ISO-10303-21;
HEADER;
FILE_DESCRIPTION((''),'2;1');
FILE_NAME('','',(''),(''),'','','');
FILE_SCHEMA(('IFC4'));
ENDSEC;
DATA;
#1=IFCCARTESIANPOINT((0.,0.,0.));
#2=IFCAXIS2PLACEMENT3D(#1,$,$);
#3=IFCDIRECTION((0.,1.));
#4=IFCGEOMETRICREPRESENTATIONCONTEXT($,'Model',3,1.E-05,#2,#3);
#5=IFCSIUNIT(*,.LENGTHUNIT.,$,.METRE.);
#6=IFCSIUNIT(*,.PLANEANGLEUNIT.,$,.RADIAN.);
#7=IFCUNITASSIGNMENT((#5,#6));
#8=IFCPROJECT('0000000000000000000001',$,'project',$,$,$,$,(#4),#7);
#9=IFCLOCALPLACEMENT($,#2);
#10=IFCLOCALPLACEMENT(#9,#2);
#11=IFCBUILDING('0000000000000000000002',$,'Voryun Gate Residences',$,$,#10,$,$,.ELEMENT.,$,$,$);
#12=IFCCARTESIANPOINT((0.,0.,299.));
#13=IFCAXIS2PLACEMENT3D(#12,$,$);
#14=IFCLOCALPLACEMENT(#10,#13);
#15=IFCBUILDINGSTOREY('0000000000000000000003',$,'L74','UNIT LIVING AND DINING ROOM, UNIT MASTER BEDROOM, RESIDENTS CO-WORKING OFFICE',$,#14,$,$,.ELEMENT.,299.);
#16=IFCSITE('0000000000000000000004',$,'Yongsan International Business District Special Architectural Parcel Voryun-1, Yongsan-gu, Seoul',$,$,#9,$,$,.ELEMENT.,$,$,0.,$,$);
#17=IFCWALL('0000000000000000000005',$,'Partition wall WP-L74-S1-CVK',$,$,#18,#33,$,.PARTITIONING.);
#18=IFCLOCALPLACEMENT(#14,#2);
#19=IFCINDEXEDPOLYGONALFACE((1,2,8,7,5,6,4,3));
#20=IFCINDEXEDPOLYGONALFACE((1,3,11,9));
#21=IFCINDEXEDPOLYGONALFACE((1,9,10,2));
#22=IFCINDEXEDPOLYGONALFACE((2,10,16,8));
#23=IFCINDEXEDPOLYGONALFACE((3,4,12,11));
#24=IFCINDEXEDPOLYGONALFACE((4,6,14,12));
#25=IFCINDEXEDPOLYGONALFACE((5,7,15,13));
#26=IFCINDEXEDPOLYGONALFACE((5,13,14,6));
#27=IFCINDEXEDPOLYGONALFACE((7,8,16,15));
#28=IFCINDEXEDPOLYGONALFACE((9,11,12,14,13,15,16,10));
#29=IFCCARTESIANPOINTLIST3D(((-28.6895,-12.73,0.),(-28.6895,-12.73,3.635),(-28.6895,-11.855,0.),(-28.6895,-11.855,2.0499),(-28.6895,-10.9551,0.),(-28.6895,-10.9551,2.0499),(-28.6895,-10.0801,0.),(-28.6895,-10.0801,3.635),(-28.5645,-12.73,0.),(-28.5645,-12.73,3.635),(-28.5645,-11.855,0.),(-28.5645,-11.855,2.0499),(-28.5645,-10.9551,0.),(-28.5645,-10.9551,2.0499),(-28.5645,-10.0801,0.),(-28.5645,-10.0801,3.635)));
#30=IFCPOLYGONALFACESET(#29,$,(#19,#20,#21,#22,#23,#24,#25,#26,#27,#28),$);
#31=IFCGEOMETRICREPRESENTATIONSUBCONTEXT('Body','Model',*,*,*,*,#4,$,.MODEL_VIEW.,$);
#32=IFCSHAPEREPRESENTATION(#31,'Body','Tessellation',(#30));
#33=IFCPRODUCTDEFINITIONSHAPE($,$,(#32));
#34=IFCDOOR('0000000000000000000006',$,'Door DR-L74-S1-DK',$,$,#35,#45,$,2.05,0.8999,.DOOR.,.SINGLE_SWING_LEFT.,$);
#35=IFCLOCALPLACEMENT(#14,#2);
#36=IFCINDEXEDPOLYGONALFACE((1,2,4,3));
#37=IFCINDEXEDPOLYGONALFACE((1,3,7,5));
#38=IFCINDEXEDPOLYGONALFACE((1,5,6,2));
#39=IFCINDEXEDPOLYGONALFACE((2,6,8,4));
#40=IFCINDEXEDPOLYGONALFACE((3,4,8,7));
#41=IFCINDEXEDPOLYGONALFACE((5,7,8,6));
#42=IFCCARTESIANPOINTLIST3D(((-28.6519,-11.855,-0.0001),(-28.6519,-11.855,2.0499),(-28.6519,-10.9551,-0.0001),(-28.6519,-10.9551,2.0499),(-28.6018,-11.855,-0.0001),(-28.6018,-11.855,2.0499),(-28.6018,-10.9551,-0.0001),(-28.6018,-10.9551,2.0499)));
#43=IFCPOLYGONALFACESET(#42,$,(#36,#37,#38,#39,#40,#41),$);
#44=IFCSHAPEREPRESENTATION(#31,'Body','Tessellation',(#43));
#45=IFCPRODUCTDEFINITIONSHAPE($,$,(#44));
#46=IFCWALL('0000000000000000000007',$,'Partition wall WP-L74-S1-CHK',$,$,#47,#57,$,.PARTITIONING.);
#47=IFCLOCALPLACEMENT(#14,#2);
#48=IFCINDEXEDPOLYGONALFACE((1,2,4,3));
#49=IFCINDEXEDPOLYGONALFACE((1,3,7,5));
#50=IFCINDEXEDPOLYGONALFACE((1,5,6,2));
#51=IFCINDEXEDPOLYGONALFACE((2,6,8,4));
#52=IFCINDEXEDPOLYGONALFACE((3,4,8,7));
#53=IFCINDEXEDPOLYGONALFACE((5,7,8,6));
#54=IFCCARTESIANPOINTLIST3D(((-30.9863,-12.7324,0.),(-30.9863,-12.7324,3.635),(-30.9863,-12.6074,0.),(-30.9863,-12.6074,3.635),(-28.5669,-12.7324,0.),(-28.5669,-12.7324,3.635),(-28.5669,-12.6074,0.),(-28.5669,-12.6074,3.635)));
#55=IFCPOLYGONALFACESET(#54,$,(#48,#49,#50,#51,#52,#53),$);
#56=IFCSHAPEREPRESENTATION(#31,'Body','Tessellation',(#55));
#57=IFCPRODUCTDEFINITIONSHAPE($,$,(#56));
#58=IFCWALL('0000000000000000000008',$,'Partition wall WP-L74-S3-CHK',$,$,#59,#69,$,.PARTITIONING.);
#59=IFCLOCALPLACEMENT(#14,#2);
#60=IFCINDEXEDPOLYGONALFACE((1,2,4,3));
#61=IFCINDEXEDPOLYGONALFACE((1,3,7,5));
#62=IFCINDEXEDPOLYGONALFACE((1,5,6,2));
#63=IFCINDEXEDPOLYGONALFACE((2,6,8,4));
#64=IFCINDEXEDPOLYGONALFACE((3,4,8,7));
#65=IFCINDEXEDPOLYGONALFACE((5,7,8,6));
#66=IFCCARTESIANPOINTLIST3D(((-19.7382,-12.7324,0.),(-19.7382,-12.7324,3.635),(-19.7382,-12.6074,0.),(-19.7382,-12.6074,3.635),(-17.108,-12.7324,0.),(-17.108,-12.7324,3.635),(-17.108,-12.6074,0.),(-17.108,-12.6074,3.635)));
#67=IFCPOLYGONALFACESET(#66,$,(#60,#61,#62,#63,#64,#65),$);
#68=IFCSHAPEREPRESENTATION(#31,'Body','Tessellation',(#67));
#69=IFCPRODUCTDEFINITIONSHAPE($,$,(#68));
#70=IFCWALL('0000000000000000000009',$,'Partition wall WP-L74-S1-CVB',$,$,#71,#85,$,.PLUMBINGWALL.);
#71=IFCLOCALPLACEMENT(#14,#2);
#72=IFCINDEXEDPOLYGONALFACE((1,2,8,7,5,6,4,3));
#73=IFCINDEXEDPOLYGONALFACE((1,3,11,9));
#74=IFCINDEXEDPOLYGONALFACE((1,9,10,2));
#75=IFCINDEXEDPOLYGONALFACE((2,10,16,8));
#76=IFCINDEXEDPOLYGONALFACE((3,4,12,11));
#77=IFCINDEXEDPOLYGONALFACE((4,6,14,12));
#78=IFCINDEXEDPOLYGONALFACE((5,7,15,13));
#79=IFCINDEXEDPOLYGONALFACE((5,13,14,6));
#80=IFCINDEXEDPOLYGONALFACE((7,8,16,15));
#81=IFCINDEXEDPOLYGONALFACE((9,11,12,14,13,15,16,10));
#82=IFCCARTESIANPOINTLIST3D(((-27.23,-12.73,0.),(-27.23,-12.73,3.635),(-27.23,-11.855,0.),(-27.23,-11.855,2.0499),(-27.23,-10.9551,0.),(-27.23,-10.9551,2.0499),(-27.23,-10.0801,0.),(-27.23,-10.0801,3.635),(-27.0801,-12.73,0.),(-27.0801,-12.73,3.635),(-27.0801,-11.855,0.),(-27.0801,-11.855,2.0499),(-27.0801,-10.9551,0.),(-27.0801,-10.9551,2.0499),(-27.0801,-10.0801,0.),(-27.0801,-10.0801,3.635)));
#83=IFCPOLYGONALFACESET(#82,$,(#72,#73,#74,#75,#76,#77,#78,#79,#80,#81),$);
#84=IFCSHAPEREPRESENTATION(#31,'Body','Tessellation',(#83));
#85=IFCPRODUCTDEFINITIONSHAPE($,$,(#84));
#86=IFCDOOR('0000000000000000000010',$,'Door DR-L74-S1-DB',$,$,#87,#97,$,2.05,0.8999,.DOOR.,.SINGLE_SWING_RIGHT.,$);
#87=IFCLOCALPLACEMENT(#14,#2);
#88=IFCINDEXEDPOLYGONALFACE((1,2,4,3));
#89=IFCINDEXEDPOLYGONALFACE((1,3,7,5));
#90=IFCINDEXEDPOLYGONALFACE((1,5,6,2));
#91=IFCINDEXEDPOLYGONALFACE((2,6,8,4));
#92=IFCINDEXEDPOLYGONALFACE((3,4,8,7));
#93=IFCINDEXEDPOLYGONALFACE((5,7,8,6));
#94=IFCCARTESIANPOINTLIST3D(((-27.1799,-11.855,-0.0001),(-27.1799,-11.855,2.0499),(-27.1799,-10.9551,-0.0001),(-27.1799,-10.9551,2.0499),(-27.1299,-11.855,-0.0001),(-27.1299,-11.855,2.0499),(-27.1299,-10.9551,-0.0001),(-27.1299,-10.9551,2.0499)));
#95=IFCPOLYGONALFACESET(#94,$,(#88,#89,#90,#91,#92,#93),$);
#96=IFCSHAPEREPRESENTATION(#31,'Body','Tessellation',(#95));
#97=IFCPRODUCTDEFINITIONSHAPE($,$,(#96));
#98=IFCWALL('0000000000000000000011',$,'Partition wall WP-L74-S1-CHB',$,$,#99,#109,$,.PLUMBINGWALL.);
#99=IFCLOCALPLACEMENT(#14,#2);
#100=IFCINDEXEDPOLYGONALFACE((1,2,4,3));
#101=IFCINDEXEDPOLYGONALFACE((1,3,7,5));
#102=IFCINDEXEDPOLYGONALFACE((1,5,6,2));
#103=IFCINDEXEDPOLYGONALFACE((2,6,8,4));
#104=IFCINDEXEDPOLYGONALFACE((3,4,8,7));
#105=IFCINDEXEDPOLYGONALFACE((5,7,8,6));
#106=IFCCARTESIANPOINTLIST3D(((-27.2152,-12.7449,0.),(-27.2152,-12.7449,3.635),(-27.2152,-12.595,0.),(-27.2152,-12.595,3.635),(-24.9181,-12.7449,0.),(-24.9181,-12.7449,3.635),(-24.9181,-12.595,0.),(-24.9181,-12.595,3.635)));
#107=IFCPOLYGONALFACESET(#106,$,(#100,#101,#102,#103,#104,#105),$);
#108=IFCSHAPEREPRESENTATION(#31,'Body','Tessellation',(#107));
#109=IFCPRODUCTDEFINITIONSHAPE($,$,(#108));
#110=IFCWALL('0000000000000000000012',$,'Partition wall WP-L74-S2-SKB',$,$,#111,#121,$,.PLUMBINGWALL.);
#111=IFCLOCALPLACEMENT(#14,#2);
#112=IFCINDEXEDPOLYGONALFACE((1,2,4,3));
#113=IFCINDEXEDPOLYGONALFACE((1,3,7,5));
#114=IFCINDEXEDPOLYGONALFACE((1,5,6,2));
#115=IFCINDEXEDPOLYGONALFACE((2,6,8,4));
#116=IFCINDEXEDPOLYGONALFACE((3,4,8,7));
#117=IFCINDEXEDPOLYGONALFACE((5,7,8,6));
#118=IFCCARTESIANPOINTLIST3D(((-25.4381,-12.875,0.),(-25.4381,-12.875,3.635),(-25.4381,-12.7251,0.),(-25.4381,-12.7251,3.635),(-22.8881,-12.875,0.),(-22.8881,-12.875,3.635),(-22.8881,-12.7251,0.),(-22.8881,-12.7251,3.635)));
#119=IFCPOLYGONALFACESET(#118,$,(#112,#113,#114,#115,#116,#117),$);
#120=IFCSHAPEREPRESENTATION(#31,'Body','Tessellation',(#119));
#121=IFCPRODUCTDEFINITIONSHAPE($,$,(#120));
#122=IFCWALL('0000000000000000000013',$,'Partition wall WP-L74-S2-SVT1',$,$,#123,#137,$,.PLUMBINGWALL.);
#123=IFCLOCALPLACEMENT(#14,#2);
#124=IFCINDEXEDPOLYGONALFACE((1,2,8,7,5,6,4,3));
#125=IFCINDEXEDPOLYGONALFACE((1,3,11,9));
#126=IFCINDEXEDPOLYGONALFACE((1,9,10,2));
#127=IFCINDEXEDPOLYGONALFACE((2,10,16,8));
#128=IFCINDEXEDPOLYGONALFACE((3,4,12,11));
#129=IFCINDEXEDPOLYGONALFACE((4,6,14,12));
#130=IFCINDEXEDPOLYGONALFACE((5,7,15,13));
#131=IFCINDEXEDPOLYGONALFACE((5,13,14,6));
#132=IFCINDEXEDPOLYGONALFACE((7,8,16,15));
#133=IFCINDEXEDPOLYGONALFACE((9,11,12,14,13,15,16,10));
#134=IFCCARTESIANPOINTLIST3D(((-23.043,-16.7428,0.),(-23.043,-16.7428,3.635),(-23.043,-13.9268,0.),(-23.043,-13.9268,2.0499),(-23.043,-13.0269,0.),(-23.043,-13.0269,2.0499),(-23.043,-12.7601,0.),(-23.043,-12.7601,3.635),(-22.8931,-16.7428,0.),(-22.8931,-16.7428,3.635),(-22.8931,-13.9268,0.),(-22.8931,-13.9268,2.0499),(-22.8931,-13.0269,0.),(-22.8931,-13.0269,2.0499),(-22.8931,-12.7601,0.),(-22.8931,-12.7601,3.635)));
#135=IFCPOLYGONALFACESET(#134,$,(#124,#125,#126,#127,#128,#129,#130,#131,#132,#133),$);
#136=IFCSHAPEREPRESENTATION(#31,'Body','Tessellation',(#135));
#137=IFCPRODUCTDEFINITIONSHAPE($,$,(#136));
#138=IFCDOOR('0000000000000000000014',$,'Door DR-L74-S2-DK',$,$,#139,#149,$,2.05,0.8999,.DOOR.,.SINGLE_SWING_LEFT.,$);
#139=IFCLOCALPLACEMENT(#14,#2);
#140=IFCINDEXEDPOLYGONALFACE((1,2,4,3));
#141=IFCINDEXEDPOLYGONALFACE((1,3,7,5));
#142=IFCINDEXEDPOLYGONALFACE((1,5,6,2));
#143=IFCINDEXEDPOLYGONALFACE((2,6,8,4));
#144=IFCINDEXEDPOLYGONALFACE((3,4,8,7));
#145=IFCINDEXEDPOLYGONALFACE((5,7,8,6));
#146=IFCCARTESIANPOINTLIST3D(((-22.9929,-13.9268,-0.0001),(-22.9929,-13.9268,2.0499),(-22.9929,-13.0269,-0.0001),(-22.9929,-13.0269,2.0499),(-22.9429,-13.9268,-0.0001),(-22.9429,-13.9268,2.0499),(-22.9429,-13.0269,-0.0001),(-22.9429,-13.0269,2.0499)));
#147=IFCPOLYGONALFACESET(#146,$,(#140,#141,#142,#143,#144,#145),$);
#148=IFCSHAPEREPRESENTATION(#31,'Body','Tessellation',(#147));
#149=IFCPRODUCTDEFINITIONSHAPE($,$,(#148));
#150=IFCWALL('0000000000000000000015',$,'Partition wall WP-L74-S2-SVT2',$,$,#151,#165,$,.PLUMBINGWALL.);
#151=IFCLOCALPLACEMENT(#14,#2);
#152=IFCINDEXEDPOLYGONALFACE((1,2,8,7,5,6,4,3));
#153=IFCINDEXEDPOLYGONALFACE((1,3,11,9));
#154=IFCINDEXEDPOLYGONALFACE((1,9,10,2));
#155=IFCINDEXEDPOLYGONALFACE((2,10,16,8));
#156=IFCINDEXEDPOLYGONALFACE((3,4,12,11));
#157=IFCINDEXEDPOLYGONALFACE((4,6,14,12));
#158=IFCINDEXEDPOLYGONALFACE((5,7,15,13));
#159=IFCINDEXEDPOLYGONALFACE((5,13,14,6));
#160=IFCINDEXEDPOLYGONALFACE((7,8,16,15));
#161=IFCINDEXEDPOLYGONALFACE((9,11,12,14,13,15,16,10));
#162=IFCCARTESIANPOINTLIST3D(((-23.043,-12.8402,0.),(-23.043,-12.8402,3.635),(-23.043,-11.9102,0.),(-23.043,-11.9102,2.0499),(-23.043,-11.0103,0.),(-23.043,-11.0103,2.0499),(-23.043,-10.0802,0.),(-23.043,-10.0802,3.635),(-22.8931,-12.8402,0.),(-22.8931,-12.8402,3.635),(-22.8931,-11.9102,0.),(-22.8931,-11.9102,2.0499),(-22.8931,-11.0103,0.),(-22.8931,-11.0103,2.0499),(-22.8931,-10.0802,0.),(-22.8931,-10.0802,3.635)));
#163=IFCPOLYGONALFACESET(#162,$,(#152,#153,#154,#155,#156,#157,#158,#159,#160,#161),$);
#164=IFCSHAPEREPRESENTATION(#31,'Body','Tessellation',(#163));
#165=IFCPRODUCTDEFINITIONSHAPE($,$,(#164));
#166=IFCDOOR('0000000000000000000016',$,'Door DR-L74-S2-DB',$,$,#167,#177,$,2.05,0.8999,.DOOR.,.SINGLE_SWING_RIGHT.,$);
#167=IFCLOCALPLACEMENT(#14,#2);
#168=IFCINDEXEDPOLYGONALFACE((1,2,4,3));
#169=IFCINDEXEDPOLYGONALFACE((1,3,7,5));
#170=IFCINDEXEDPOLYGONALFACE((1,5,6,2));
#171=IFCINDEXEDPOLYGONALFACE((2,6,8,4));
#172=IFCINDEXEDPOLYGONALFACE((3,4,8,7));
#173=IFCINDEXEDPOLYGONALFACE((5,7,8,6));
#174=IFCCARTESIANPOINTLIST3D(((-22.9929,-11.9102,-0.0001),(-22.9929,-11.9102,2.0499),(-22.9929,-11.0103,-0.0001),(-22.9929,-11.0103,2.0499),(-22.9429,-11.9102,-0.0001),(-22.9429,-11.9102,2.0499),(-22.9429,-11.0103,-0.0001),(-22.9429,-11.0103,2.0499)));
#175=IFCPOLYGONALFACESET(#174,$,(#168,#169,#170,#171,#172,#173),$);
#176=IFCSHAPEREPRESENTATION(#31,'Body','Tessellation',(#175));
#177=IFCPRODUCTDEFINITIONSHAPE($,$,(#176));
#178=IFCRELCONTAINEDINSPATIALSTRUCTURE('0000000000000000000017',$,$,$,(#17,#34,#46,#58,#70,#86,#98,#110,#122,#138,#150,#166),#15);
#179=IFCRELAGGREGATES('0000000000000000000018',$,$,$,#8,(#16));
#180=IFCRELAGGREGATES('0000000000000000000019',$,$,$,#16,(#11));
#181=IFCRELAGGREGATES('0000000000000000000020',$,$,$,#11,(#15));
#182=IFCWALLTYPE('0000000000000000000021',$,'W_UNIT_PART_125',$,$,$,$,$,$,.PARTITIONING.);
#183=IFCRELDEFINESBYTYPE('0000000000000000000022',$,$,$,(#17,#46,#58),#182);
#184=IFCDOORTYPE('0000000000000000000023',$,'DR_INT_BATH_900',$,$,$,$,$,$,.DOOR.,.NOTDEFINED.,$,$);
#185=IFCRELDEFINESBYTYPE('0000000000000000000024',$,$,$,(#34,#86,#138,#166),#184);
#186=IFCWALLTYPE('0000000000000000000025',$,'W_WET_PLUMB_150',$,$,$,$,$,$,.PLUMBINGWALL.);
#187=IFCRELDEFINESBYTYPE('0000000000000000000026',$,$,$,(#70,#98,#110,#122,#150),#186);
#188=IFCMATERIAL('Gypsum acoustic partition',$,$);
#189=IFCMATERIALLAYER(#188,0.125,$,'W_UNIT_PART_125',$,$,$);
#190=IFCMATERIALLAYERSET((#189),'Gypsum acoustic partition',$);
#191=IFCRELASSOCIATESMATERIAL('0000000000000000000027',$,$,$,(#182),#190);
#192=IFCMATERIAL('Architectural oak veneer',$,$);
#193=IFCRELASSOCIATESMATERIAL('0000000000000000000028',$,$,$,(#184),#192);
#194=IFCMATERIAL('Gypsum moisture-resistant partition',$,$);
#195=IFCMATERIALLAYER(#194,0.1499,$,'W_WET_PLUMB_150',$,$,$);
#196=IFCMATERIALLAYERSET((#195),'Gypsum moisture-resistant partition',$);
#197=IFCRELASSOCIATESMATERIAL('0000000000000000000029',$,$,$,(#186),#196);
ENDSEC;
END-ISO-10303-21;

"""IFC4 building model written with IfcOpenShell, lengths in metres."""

from ifc_helpers import new_model, si_unit, direction, frame, frame_2d, origin, place, context, subcontext, project, spatial, rectangle, extrude, material, layer, layer_set, type_object, element, fill, save


model = new_model("IFC4")

# Units and contexts
model_context = context("Model", 3, precision=1e-05, world=origin(), true_north=direction((0.0, 1.0)))
body_context = subcontext(model_context, "Body", "Model", "MODEL_VIEW")
ifc_project = project(units=[si_unit("LENGTHUNIT", "METRE"), si_unit("PLANEANGLEUNIT", "RADIAN")], contexts=[model_context])

# Site, building, storey
site_placement = place(None, origin())
site = spatial("IfcSite", under=ifc_project, at=site_placement, Name="Yongsan International Business District Special Architectural Parcel Voryun-1, Yongsan-gu, Seoul", CompositionType="ELEMENT", RefElevation=0.0)
building_placement = place(site_placement, origin())
building = spatial("IfcBuilding", under=site, at=building_placement, Name="Voryun Gate Residences", CompositionType="ELEMENT")
storey_placement = place(building_placement, frame((0.0, 0.0, 299.0)))
storey = spatial("IfcBuildingStorey", under=building, at=storey_placement, Name="L74", Description="UNIT LIVING AND DINING ROOM, UNIT MASTER BEDROOM, RESIDENTS CO-WORKING OFFICE", CompositionType="ELEMENT", Elevation=299.0)

# Wall, opening, door
ifc_material_1 = material(Name="Gypsum acoustic partition")
ifc_layer_1 = layer(ifc_material_1, 0.125, Name="W_UNIT_PART_125")
ifc_layer_set_1 = layer_set([ifc_layer_1], Name="Gypsum acoustic partition")
wall_type_1 = type_object("IfcWallType", Name="W_UNIT_PART_125", PredefinedType="PARTITIONING", material=ifc_layer_set_1)
wall_1_placement = place(storey_placement, frame((-28.627, -12.73, 0.0), z_axis=(0.0, 0.0, 1.0), x_axis=(0.0, 1.0, 0.0)))
wall_1 = element("IfcWall", 1, at=wall_1_placement, inside=storey, type_object=wall_type_1, Name="Partition wall WP-L74-S1-CVK", PredefinedType="PARTITIONING", context=body_context, shape_type="SweptSolid", body=[
    extrude(rectangle(XDim=2.6499, YDim=0.125, at=frame_2d((1.325, 0.0))), origin(), (0.0, 0.0, 1.0), 3.635),
])
opening_1_placement = place(wall_1_placement, frame((0.875, 0.0, 0.0)))
opening_1 = element("IfcOpeningElement", 2, at=opening_1_placement, cuts=wall_1, PredefinedType="OPENING", context=body_context, shape_type="SweptSolid", body=[
    extrude(rectangle(XDim=0.8999, YDim=2.05, at=frame_2d((0.45, 1.0249))), frame((0.0, 0.0725, 0.0), z_axis=(0.0, -1.0, 0.0), x_axis=(1.0, 0.0, 0.0)), (0.0, 0.0, 1.0), 0.145),
])
ifc_material_2 = material(Name="Architectural oak veneer")
door_type = type_object("IfcDoorType", Name="DR_INT_BATH_900", OperationType="NOTDEFINED", PredefinedType="DOOR", material=ifc_material_2)
door_1_placement = place(opening_1_placement, origin())
door_1 = element("IfcDoor", 3, at=door_1_placement, inside=storey, type_object=door_type, Name="Door DR-L74-S1-DK", OperationType="SINGLE_SWING_LEFT", OverallHeight=2.05, OverallWidth=0.8999, PredefinedType="DOOR", context=body_context, shape_type="SweptSolid", body=[
    extrude(rectangle(XDim=0.8999, YDim=2.05, at=frame_2d((0.45, 1.0249))), frame((0.0, 0.0249, 0.0), z_axis=(0.0, -1.0, 0.0), x_axis=(1.0, 0.0, 0.0)), (0.0, 0.0, 1.0), 0.05),
])
fill(opening_1, door_1)

# Walls
wall_2_placement = place(storey_placement, frame((-30.9863, -12.6699, 0.0), z_axis=(0.0, 0.0, 1.0), x_axis=(1.0, 0.0, 0.0)))
element("IfcWall", 4, at=wall_2_placement, inside=storey, type_object=wall_type_1, Name="Partition wall WP-L74-S1-CHK", PredefinedType="PARTITIONING", context=body_context, shape_type="SweptSolid", body=[
    extrude(rectangle(XDim=2.4194, YDim=0.125, at=frame_2d((1.2097, 0.0))), origin(), (0.0, 0.0, 1.0), 3.635),
])
wall_3_placement = place(storey_placement, frame((-19.738, -12.6699, 0.0), z_axis=(0.0, 0.0, 1.0), x_axis=(1.0, 0.0, 0.0)))
element("IfcWall", 5, at=wall_3_placement, inside=storey, type_object=wall_type_1, Name="Partition wall WP-L74-S3-CHK", PredefinedType="PARTITIONING", context=body_context, shape_type="SweptSolid", body=[
    extrude(rectangle(XDim=2.6301, YDim=0.125, at=frame_2d((1.3149, 0.0))), origin(), (0.0, 0.0, 1.0), 3.635),
])

# Wall, opening, door
ifc_material_3 = material(Name="Gypsum moisture-resistant partition")
ifc_layer_2 = layer(ifc_material_3, 0.1499, Name="W_WET_PLUMB_150")
ifc_layer_set_2 = layer_set([ifc_layer_2], Name="Gypsum moisture-resistant partition")
wall_type_2 = type_object("IfcWallType", Name="W_WET_PLUMB_150", PredefinedType="PLUMBINGWALL", material=ifc_layer_set_2)
wall_4_placement = place(storey_placement, frame((-27.155, -12.73, 0.0), z_axis=(0.0, 0.0, 1.0), x_axis=(0.0, 1.0, 0.0)))
wall_4 = element("IfcWall", 6, at=wall_4_placement, inside=storey, type_object=wall_type_2, Name="Partition wall WP-L74-S1-CVB", PredefinedType="PLUMBINGWALL", context=body_context, shape_type="SweptSolid", body=[
    extrude(rectangle(XDim=2.6499, YDim=0.1499, at=frame_2d((1.325, 0.0))), origin(), (0.0, 0.0, 1.0), 3.635),
])
opening_2_placement = place(wall_4_placement, frame((0.875, 0.0, 0.0)))
opening_2 = element("IfcOpeningElement", 7, at=opening_2_placement, cuts=wall_4, PredefinedType="OPENING", context=body_context, shape_type="SweptSolid", body=[
    extrude(rectangle(XDim=0.8999, YDim=2.05, at=frame_2d((0.45, 1.0249))), frame((0.0, 0.085, 0.0), z_axis=(0.0, -1.0, 0.0), x_axis=(1.0, 0.0, 0.0)), (0.0, 0.0, 1.0), 0.1699),
])
door_2_placement = place(opening_2_placement, origin())
door_2 = element("IfcDoor", 8, at=door_2_placement, inside=storey, type_object=door_type, Name="Door DR-L74-S1-DB", OperationType="SINGLE_SWING_RIGHT", OverallHeight=2.05, OverallWidth=0.8999, PredefinedType="DOOR", context=body_context, shape_type="SweptSolid", body=[
    extrude(rectangle(XDim=0.8999, YDim=2.05, at=frame_2d((0.45, 1.0249))), frame((0.0, 0.0249, 0.0), z_axis=(0.0, -1.0, 0.0), x_axis=(1.0, 0.0, 0.0)), (0.0, 0.0, 1.0), 0.05),
])
fill(opening_2, door_2)

# Walls
wall_5_placement = place(storey_placement, frame((-27.2151, -12.6699, 0.0), z_axis=(0.0, 0.0, 1.0), x_axis=(1.0, 0.0, 0.0)))
element("IfcWall", 9, at=wall_5_placement, inside=storey, type_object=wall_type_2, Name="Partition wall WP-L74-S1-CHB", PredefinedType="PLUMBINGWALL", context=body_context, shape_type="SweptSolid", body=[
    extrude(rectangle(XDim=2.2971, YDim=0.1499, at=frame_2d((1.1484, 0.0))), origin(), (0.0, 0.0, 1.0), 3.635),
])
wall_6_placement = place(storey_placement, frame((-25.438, -12.8, 0.0), z_axis=(0.0, 0.0, 1.0), x_axis=(1.0, 0.0, 0.0)))
element("IfcWall", 10, at=wall_6_placement, inside=storey, type_object=wall_type_2, Name="Partition wall WP-L74-S2-SKB", PredefinedType="PLUMBINGWALL", context=body_context, shape_type="SweptSolid", body=[
    extrude(rectangle(XDim=2.55, YDim=0.1499, at=frame_2d((1.2749, 0.0))), origin(), (0.0, 0.0, 1.0), 3.635),
])

# Walls, openings, doors
wall_7_placement = place(storey_placement, frame((-22.968, -16.7427, 0.0), z_axis=(0.0, 0.0, 1.0), x_axis=(0.0, 1.0, 0.0)))
wall_7 = element("IfcWall", 11, at=wall_7_placement, inside=storey, type_object=wall_type_2, Name="Partition wall WP-L74-S2-SVT1", PredefinedType="PLUMBINGWALL", context=body_context, shape_type="SweptSolid", body=[
    extrude(rectangle(XDim=3.9827, YDim=0.1499, at=frame_2d((1.9912, 0.0))), origin(), (0.0, 0.0, 1.0), 3.635),
])
opening_3_placement = place(wall_7_placement, frame((2.8159, 0.0, 0.0)))
opening_3 = element("IfcOpeningElement", 12, at=opening_3_placement, cuts=wall_7, PredefinedType="OPENING", context=body_context, shape_type="SweptSolid", body=[
    extrude(rectangle(XDim=0.8999, YDim=2.05, at=frame_2d((0.45, 1.0249))), frame((0.0, 0.085, 0.0), z_axis=(0.0, -1.0, 0.0), x_axis=(1.0, 0.0, 0.0)), (0.0, 0.0, 1.0), 0.1699),
])
door_3_placement = place(opening_3_placement, origin())
door_3 = element("IfcDoor", 13, at=door_3_placement, inside=storey, type_object=door_type, Name="Door DR-L74-S2-DK", OperationType="SINGLE_SWING_LEFT", OverallHeight=2.05, OverallWidth=0.8999, PredefinedType="DOOR", context=body_context, shape_type="SweptSolid", body=[
    extrude(rectangle(XDim=0.8999, YDim=2.05, at=frame_2d((0.45, 1.0249))), frame((0.0, 0.0249, 0.0), z_axis=(0.0, -1.0, 0.0), x_axis=(1.0, 0.0, 0.0)), (0.0, 0.0, 1.0), 0.05),
])
fill(opening_3, door_3)
wall_8_placement = place(storey_placement, frame((-22.968, -12.8401, 0.0), z_axis=(0.0, 0.0, 1.0), x_axis=(0.0, 1.0, 0.0)))
wall_8 = element("IfcWall", 14, at=wall_8_placement, inside=storey, type_object=wall_type_2, Name="Partition wall WP-L74-S2-SVT2", PredefinedType="PLUMBINGWALL", context=body_context, shape_type="SweptSolid", body=[
    extrude(rectangle(XDim=2.76, YDim=0.1499, at=frame_2d((1.3799, 0.0))), origin(), (0.0, 0.0, 1.0), 3.635),
])
opening_4_placement = place(wall_8_placement, frame((0.9299, 0.0, 0.0)))
opening_4 = element("IfcOpeningElement", 15, at=opening_4_placement, cuts=wall_8, PredefinedType="OPENING", context=body_context, shape_type="SweptSolid", body=[
    extrude(rectangle(XDim=0.8999, YDim=2.05, at=frame_2d((0.45, 1.0249))), frame((0.0, 0.085, 0.0), z_axis=(0.0, -1.0, 0.0), x_axis=(1.0, 0.0, 0.0)), (0.0, 0.0, 1.0), 0.1699),
])
door_4_placement = place(opening_4_placement, origin())
door_4 = element("IfcDoor", 16, at=door_4_placement, inside=storey, type_object=door_type, Name="Door DR-L74-S2-DB", OperationType="SINGLE_SWING_RIGHT", OverallHeight=2.05, OverallWidth=0.8999, PredefinedType="DOOR", context=body_context, shape_type="SweptSolid", body=[
    extrude(rectangle(XDim=0.8999, YDim=2.05, at=frame_2d((0.45, 1.0249))), frame((0.0, 0.0249, 0.0), z_axis=(0.0, -1.0, 0.0), x_axis=(1.0, 0.0, 0.0)), (0.0, 0.0, 1.0), 0.05),
])
fill(opening_4, door_4)

save(model, "model.ifc")
